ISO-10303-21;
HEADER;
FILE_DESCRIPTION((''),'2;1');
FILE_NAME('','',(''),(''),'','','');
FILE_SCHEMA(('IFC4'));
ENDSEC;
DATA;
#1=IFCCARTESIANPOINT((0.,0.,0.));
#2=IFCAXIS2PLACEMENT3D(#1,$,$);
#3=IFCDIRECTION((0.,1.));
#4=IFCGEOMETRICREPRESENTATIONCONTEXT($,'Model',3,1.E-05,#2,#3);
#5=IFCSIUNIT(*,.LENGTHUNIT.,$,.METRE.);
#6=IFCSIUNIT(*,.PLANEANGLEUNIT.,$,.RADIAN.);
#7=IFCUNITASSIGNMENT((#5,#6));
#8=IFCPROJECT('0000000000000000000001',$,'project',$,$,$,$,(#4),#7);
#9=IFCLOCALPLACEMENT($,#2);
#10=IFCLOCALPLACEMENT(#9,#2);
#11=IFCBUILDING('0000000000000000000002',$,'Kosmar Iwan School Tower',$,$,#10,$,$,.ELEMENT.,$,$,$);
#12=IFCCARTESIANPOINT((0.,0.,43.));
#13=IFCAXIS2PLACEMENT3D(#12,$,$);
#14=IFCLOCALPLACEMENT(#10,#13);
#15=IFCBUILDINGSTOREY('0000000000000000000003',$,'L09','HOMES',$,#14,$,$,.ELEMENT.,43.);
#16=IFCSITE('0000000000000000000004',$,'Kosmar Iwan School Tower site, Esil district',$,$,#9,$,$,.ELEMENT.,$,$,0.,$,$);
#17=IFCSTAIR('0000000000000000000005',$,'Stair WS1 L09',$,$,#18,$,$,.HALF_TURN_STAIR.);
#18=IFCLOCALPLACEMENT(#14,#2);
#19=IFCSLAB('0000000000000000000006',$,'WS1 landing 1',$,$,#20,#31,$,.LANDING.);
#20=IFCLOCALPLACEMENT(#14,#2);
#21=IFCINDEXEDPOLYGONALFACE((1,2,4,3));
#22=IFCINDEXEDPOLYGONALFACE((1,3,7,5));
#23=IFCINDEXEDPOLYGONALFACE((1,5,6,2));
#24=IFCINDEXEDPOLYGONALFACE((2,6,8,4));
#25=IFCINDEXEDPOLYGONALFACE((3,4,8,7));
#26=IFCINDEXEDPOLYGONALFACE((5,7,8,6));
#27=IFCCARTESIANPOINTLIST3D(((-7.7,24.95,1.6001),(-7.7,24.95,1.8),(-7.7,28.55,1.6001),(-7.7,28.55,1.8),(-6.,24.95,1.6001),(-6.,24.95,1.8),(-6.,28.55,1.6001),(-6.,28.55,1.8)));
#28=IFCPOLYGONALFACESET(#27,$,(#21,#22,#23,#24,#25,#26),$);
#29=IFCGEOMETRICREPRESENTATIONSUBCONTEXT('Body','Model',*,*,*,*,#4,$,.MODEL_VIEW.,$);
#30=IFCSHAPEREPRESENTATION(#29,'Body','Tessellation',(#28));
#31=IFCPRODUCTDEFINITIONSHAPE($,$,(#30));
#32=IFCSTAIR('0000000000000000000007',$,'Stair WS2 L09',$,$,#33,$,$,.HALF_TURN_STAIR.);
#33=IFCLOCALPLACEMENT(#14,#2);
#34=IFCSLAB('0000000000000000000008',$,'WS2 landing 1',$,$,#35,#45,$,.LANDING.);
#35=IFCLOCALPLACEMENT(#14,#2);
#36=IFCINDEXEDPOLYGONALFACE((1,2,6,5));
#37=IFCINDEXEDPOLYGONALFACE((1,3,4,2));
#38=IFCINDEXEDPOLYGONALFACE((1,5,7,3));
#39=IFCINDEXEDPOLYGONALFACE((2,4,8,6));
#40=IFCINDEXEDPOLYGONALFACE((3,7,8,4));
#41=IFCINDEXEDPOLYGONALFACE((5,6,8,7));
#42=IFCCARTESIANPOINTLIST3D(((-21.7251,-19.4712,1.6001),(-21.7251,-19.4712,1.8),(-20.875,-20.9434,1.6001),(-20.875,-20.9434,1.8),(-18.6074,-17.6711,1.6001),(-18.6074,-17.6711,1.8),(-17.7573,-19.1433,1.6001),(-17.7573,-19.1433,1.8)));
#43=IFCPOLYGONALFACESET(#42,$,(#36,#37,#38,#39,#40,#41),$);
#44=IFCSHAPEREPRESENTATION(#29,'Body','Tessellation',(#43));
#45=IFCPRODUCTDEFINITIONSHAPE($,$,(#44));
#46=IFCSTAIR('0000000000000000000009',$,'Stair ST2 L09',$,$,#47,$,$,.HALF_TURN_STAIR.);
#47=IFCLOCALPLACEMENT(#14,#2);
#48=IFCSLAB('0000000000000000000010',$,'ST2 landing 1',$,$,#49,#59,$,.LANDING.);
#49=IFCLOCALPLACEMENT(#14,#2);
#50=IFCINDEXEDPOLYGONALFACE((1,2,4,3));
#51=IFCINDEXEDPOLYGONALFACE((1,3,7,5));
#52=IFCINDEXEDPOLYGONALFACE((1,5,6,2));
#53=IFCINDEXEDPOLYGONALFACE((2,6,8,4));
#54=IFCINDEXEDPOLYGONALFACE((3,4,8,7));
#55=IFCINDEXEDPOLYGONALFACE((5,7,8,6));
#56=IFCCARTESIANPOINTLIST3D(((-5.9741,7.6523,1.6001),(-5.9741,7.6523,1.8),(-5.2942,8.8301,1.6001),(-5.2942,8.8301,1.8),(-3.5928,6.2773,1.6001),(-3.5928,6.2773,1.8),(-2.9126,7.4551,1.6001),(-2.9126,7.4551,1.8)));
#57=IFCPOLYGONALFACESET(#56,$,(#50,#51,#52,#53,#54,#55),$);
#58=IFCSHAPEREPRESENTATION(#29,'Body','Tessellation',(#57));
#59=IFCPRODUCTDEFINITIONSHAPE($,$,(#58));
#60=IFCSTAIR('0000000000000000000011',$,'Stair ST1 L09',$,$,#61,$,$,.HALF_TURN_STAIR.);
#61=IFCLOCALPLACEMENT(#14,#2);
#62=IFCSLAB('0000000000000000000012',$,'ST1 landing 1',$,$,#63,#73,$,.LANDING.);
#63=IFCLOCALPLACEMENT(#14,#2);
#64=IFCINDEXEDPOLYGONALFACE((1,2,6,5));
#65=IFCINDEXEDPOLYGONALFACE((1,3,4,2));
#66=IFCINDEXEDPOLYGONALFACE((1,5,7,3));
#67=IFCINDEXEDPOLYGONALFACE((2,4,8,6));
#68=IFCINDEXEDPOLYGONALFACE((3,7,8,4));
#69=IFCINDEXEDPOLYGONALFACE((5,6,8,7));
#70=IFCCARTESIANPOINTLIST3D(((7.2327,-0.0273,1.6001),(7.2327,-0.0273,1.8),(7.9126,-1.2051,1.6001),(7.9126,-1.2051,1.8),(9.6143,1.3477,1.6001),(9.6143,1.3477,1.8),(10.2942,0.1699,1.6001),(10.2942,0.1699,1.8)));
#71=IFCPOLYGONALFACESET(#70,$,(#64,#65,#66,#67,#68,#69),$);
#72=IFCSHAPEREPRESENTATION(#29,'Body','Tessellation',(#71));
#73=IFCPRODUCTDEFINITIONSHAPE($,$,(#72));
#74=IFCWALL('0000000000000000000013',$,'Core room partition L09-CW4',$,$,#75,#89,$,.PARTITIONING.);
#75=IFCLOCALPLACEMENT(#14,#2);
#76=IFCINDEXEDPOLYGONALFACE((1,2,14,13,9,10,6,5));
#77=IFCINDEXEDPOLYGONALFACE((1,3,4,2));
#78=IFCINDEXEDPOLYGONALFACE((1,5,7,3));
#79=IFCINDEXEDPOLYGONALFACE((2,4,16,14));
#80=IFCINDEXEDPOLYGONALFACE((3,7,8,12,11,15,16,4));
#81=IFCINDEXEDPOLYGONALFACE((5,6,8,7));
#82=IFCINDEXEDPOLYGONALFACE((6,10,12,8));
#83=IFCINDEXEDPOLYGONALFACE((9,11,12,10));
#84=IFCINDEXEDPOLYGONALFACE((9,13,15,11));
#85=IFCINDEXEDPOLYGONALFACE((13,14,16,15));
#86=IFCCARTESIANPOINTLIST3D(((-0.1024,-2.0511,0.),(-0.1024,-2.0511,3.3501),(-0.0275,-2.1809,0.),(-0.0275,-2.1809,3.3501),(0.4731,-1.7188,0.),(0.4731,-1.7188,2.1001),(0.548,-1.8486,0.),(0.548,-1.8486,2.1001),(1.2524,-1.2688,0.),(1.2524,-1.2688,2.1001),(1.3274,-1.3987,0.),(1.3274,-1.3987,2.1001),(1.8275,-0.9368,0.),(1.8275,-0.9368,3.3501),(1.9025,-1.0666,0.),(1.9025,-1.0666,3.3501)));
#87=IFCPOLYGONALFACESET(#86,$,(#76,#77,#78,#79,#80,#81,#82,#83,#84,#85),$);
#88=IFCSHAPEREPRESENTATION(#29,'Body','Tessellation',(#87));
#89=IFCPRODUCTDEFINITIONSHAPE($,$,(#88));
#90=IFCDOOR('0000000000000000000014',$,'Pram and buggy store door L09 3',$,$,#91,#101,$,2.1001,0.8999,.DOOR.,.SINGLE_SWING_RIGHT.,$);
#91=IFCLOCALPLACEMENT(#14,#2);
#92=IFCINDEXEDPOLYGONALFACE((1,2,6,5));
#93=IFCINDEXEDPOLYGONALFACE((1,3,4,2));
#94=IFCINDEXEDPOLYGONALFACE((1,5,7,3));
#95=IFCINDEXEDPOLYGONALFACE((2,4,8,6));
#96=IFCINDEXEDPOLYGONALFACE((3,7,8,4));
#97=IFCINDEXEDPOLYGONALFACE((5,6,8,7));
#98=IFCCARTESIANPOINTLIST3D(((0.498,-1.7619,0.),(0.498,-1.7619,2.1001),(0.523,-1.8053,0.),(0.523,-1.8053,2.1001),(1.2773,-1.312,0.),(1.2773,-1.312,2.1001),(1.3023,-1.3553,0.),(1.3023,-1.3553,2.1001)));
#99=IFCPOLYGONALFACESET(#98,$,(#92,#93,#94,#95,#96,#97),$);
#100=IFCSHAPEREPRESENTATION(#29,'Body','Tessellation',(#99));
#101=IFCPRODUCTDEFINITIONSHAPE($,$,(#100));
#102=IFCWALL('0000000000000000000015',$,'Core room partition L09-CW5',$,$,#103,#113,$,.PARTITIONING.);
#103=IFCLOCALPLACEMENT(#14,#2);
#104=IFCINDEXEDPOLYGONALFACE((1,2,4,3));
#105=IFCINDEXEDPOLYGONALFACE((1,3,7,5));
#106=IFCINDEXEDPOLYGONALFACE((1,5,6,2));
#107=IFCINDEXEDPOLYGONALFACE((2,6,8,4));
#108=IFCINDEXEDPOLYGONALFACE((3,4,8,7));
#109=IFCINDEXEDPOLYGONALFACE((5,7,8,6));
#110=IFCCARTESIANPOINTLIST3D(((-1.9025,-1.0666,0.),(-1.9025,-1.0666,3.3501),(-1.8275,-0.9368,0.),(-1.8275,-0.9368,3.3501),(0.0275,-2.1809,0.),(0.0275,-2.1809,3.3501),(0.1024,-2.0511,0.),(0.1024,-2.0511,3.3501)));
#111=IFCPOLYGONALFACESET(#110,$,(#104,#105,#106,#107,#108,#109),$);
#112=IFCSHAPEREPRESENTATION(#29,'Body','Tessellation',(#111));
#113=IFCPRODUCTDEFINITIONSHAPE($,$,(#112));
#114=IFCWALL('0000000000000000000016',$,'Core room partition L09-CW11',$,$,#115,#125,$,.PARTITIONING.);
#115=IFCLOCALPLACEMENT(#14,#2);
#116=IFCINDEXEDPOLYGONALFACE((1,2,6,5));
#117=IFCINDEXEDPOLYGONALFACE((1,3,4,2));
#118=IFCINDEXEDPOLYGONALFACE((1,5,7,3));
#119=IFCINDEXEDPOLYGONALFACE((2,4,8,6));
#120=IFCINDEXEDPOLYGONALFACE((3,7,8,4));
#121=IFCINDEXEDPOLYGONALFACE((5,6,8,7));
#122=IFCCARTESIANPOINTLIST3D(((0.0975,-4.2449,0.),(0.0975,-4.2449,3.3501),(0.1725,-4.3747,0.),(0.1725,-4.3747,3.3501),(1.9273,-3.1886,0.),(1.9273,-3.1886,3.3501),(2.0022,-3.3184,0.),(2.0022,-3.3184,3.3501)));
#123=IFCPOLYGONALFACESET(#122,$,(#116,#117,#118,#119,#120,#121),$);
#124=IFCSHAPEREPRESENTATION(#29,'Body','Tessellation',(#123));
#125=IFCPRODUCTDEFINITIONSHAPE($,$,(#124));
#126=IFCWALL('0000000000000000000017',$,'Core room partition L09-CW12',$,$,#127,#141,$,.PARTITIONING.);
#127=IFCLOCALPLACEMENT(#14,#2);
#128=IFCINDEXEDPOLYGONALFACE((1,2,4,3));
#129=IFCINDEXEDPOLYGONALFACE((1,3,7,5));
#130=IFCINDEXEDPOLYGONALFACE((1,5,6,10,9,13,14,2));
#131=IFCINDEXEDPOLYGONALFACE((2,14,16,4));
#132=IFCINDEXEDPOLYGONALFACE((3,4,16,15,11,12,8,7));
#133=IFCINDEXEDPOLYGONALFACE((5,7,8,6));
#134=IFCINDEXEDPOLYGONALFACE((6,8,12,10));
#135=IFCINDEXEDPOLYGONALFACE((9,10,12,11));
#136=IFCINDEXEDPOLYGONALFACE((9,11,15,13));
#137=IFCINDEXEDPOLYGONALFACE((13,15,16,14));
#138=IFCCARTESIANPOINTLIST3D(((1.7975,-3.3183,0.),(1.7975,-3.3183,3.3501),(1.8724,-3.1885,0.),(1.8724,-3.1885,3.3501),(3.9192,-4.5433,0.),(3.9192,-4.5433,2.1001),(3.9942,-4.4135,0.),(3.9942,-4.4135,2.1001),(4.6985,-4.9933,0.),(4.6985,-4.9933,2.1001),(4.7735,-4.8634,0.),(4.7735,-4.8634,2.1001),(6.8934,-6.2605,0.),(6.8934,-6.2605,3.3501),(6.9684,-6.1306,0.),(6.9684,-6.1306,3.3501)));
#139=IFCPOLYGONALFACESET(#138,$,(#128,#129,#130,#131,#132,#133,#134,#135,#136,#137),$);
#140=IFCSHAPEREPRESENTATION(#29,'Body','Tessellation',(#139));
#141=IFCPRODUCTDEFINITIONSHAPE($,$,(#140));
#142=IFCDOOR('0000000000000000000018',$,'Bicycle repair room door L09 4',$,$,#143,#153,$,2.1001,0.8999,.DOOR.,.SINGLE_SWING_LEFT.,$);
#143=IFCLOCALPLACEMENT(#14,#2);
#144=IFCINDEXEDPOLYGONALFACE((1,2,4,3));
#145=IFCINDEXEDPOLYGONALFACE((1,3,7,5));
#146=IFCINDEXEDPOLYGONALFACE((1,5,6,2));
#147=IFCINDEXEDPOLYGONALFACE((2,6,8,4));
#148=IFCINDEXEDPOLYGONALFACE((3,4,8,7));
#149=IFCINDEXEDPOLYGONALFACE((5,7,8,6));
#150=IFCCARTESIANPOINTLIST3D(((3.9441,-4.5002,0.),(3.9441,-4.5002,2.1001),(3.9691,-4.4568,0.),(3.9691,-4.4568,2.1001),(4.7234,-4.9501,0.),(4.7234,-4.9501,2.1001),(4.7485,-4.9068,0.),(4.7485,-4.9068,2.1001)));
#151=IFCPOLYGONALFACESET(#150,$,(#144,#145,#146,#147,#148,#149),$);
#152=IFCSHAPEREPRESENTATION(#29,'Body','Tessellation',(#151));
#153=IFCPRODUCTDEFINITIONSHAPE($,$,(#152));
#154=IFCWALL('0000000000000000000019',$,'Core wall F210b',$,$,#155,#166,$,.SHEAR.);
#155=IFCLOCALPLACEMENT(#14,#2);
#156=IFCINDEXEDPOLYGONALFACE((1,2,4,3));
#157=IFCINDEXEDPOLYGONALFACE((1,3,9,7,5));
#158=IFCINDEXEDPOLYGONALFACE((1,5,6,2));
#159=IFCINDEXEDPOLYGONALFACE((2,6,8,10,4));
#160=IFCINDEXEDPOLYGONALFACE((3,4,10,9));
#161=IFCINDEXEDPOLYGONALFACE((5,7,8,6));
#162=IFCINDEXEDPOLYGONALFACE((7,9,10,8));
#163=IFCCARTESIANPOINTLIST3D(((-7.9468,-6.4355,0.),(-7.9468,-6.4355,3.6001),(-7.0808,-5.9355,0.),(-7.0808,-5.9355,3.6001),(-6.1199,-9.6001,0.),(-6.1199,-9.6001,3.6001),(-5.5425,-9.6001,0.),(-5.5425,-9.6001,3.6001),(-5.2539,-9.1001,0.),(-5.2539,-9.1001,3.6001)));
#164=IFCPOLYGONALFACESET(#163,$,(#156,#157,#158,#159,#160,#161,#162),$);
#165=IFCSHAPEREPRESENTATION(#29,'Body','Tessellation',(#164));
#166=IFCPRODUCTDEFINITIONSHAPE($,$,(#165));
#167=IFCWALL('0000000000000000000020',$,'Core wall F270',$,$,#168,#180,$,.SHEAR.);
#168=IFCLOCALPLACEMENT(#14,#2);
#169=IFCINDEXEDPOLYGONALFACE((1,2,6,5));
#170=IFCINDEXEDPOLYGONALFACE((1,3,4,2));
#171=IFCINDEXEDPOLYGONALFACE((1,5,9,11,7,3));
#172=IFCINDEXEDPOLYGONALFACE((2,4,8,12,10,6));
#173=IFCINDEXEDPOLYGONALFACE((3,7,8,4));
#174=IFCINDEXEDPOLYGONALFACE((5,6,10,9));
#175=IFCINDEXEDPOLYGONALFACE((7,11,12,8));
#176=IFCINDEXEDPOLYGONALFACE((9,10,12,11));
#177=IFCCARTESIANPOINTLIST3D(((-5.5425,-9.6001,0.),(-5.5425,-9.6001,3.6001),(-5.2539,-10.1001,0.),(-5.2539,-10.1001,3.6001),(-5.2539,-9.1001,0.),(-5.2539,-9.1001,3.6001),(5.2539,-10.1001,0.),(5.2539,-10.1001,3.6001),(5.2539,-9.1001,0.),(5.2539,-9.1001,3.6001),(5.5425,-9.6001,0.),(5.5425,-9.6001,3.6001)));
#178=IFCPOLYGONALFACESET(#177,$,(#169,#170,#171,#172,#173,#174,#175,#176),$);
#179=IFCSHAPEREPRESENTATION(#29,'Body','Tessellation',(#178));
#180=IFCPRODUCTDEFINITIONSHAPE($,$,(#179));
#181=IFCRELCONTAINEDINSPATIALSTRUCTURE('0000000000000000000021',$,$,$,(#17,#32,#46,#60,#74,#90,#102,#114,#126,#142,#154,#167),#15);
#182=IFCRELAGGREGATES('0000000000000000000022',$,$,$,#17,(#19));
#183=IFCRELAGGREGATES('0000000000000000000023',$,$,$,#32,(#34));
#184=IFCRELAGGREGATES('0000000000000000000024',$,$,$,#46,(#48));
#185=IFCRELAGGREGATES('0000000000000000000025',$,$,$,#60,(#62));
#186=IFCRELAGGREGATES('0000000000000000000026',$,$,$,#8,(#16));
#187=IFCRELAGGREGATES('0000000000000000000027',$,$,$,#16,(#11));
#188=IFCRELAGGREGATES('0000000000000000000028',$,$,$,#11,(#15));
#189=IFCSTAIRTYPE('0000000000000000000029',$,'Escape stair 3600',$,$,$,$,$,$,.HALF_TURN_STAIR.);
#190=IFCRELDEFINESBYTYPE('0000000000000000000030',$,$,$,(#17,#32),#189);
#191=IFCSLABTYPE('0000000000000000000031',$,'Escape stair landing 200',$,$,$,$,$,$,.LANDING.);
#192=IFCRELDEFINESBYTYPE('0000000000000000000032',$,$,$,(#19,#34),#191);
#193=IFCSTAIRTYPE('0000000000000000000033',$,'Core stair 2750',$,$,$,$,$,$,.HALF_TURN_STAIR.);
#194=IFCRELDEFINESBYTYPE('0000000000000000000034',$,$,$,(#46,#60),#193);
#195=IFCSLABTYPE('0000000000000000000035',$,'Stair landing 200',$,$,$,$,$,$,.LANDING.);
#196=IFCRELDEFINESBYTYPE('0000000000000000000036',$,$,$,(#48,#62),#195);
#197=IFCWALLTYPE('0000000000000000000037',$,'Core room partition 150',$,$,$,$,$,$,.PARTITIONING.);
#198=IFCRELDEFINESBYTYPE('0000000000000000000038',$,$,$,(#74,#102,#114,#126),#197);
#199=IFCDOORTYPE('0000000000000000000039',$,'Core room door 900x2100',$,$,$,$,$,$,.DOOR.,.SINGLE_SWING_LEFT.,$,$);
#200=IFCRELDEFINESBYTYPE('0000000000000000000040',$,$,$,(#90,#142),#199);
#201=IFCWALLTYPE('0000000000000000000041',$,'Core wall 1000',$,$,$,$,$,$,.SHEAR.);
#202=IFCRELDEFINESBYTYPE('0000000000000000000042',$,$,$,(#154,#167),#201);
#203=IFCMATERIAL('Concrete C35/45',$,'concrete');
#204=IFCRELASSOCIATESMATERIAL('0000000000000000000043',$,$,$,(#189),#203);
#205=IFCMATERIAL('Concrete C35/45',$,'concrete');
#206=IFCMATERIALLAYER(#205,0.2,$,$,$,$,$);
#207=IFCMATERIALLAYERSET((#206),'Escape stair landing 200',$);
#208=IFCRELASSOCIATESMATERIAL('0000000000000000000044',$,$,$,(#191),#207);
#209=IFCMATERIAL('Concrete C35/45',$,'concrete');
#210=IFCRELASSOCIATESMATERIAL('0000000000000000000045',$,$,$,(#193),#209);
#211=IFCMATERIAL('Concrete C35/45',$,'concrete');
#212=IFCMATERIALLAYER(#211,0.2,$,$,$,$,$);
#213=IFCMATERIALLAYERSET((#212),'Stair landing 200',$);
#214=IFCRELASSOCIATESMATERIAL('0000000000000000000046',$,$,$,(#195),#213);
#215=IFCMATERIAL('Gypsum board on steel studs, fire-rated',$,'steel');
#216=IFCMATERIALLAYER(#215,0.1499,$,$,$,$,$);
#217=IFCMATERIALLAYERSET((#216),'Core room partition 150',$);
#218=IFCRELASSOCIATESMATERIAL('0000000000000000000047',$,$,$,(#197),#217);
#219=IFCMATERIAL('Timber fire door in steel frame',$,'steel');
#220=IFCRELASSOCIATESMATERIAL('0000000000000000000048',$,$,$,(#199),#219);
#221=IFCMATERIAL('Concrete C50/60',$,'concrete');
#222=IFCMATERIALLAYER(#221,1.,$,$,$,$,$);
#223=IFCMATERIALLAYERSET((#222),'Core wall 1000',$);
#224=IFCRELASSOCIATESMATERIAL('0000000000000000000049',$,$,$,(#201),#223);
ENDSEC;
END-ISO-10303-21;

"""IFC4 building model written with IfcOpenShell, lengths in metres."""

from ifc_helpers import new_model, si_unit, direction, frame, frame_2d, origin, place, context, subcontext, project, spatial, polyline, rectangle, outline, extrude, material, layer, layer_set, type_object, element, fill, aggregate, save


model = new_model("IFC4")

# Units and contexts
model_context = context("Model", 3, precision=1e-05, world=origin(), true_north=direction((0.0, 1.0)))
body_context = subcontext(model_context, "Body", "Model", "MODEL_VIEW")
ifc_project = project(units=[si_unit("LENGTHUNIT", "METRE"), si_unit("PLANEANGLEUNIT", "RADIAN")], contexts=[model_context])

# Site, building, storey
site_placement = place(None, origin())
site = spatial("IfcSite", under=ifc_project, at=site_placement, Name="Kosmar Iwan School Tower site, Esil district", CompositionType="ELEMENT", RefElevation=0.0)
building_placement = place(site_placement, origin())
building = spatial("IfcBuilding", under=site, at=building_placement, Name="Kosmar Iwan School Tower", CompositionType="ELEMENT")
storey_placement = place(building_placement, frame((0.0, 0.0, 43.0)))
storey = spatial("IfcBuildingStorey", under=building, at=storey_placement, Name="L09", Description="HOMES", CompositionType="ELEMENT", Elevation=43.0)

# Stairs, slabs
ifc_material_1 = material(Name="Concrete C35/45", Category="concrete")
stair_type_1 = type_object("IfcStairType", Name="Escape stair 3600", PredefinedType="HALF_TURN_STAIR", material=ifc_material_1)
stair_1_placement = place(storey_placement, origin())
stair_1 = element("IfcStair", 1, at=stair_1_placement, inside=storey, type_object=stair_type_1, Name="Stair WS1 L09", PredefinedType="HALF_TURN_STAIR")
ifc_material_2 = material(Name="Concrete C35/45", Category="concrete")
ifc_layer_1 = layer(ifc_material_2, 0.2)
ifc_layer_set_1 = layer_set([ifc_layer_1], Name="Escape stair landing 200")
slab_type_1 = type_object("IfcSlabType", Name="Escape stair landing 200", PredefinedType="LANDING", material=ifc_layer_set_1)
slab_1_placement = place(storey_placement, frame((0.0, 0.0, 1.6001)))
slab_1 = element("IfcSlab", 2, at=slab_1_placement, type_object=slab_type_1, Name="WS1 landing 1", PredefinedType="LANDING", context=body_context, shape_type="SweptSolid", body=[
    extrude(outline(polyline([(-6.0, 24.95), (-6.0, 28.55), (-7.7, 28.55), (-7.7, 24.95), (-6.0, 24.95)])), origin(), (0.0, 0.0, 1.0), 0.2),
])
aggregate(stair_1, [slab_1])
stair_2_placement = place(storey_placement, origin())
stair_2 = element("IfcStair", 3, at=stair_2_placement, inside=storey, type_object=stair_type_1, Name="Stair WS2 L09", PredefinedType="HALF_TURN_STAIR")
slab_2_placement = place(storey_placement, frame((0.0, 0.0, 1.6001)))
slab_2 = element("IfcSlab", 4, at=slab_2_placement, type_object=slab_type_1, Name="WS2 landing 1", PredefinedType="LANDING", context=body_context, shape_type="SweptSolid", body=[
    extrude(outline(polyline([(-18.6074, -17.6711), (-21.7251, -19.4712), (-20.875, -20.9434), (-17.7573, -19.1433), (-18.6074, -17.6711)])), origin(), (0.0, 0.0, 1.0), 0.2),
])
aggregate(stair_2, [slab_2])
ifc_material_3 = material(Name="Concrete C35/45", Category="concrete")
stair_type_2 = type_object("IfcStairType", Name="Core stair 2750", PredefinedType="HALF_TURN_STAIR", material=ifc_material_3)
stair_3_placement = place(storey_placement, origin())
stair_3 = element("IfcStair", 5, at=stair_3_placement, inside=storey, type_object=stair_type_2, Name="Stair ST2 L09", PredefinedType="HALF_TURN_STAIR")
ifc_material_4 = material(Name="Concrete C35/45", Category="concrete")
ifc_layer_2 = layer(ifc_material_4, 0.2)
ifc_layer_set_2 = layer_set([ifc_layer_2], Name="Stair landing 200")
slab_type_2 = type_object("IfcSlabType", Name="Stair landing 200", PredefinedType="LANDING", material=ifc_layer_set_2)
slab_3_placement = place(storey_placement, frame((0.0, 0.0, 1.6001)))
slab_3 = element("IfcSlab", 6, at=slab_3_placement, type_object=slab_type_2, Name="ST2 landing 1", PredefinedType="LANDING", context=body_context, shape_type="SweptSolid", body=[
    extrude(outline(polyline([(-2.9126, 7.4551), (-5.2942, 8.8301), (-5.9741, 7.6523), (-3.5928, 6.2773), (-2.9126, 7.4551)])), origin(), (0.0, 0.0, 1.0), 0.2),
])
aggregate(stair_3, [slab_3])
stair_4_placement = place(storey_placement, origin())
stair_4 = element("IfcStair", 7, at=stair_4_placement, inside=storey, type_object=stair_type_2, Name="Stair ST1 L09", PredefinedType="HALF_TURN_STAIR")
slab_4_placement = place(storey_placement, frame((0.0, 0.0, 1.6001)))
slab_4 = element("IfcSlab", 8, at=slab_4_placement, type_object=slab_type_2, Name="ST1 landing 1", PredefinedType="LANDING", context=body_context, shape_type="SweptSolid", body=[
    extrude(outline(polyline([(7.9126, -1.2051), (10.2942, 0.1699), (9.6143, 1.3477), (7.2327, -0.0273), (7.9126, -1.2051)])), origin(), (0.0, 0.0, 1.0), 0.2),
])
aggregate(stair_4, [slab_4])

# Wall, opening, door
ifc_material_5 = material(Name="Gypsum board on steel studs, fire-rated", Category="steel")
ifc_layer_3 = layer(ifc_material_5, 0.1499)
ifc_layer_set_3 = layer_set([ifc_layer_3], Name="Core room partition 150")
wall_type_1 = type_object("IfcWallType", Name="Core room partition 150", PredefinedType="PARTITIONING", material=ifc_layer_set_3)
wall_1_placement = place(storey_placement, frame((1.865, -1.0017, 0.0), z_axis=(0.0, 0.0, 1.0), x_axis=(-0.866023, -0.500004, 0.0)))
wall_1 = element("IfcWall", 9, at=wall_1_placement, inside=storey, type_object=wall_type_1, Name="Core room partition L09-CW4", PredefinedType="PARTITIONING", context=body_context, shape_type="SweptSolid", body=[
    extrude(rectangle(XDim=2.2285, YDim=0.1499, at=frame_2d((1.1143, 0.0))), origin(), (0.0, 0.0, 1.0), 3.3501),
])
opening_1_placement = place(wall_1_placement, frame((0.6641, 0.0, 0.0)))
opening_1 = element("IfcOpeningElement", 10, at=opening_1_placement, cuts=wall_1, PredefinedType="OPENING", context=body_context, shape_type="SweptSolid", body=[
    extrude(rectangle(XDim=0.8999, YDim=2.1001, at=frame_2d((0.45, 1.05))), frame((0.0, 0.0869, 0.0), z_axis=(0.0, -1.0, 0.0), x_axis=(1.0, 0.0, 0.0)), (0.0, 0.0, 1.0), 0.1738),
])
ifc_material_6 = material(Name="Timber fire door in steel frame", Category="steel")
door_type_1 = type_object("IfcDoorType", Name="Core room door 900x2100", OperationType="SINGLE_SWING_LEFT", PredefinedType="DOOR", material=ifc_material_6)
door_1_placement = place(opening_1_placement, origin())
door_1 = element("IfcDoor", 11, at=door_1_placement, inside=storey, type_object=door_type_1, Name="Pram and buggy store door L09 3", OperationType="SINGLE_SWING_RIGHT", OverallHeight=2.1001, OverallWidth=0.8999, PredefinedType="DOOR", context=body_context, shape_type="SweptSolid", body=[
    extrude(rectangle(XDim=0.8999, YDim=2.1001, at=frame_2d((0.45, 1.05))), frame((0.0, 0.0249, 0.0), z_axis=(0.0, -1.0, 0.0), x_axis=(1.0, 0.0, 0.0)), (0.0, 0.0, 1.0), 0.05),
])
fill(opening_1, door_1)

# Walls
wall_2_placement = place(storey_placement, frame((0.0649, -2.116, 0.0), z_axis=(0.0, 0.0, 1.0), x_axis=(-0.866023, 0.500004, 0.0)))
element("IfcWall", 12, at=wall_2_placement, inside=storey, type_object=wall_type_1, Name="Core room partition L09-CW5", PredefinedType="PARTITIONING", context=body_context, shape_type="SweptSolid", body=[
    extrude(rectangle(XDim=2.2285, YDim=0.1499, at=frame_2d((1.1143, 0.0))), origin(), (0.0, 0.0, 1.0), 3.3501),
])
wall_3_placement = place(storey_placement, frame((0.135, -4.3098, 0.0), z_axis=(0.0, 0.0, 1.0), x_axis=(0.866037, 0.499979, 0.0)))
element("IfcWall", 13, at=wall_3_placement, inside=storey, type_object=wall_type_1, Name="Core room partition L09-CW11", PredefinedType="PARTITIONING", context=body_context, shape_type="SweptSolid", body=[
    extrude(rectangle(XDim=2.1128, YDim=0.1499, at=frame_2d((1.0564, 0.0))), origin(), (0.0, 0.0, 1.0), 3.3501),
])

# Wall, opening, door
wall_4_placement = place(storey_placement, frame((1.835, -3.2534, 0.0), z_axis=(0.0, 0.0, 1.0), x_axis=(0.866026, -0.499999, 0.0)))
wall_4 = element("IfcWall", 14, at=wall_4_placement, inside=storey, type_object=wall_type_1, Name="Core room partition L09-CW12", PredefinedType="PARTITIONING", context=body_context, shape_type="SweptSolid", body=[
    extrude(rectangle(XDim=5.8843, YDim=0.1499, at=frame_2d((2.9421, 0.0))), origin(), (0.0, 0.0, 1.0), 3.3501),
])
opening_2_placement = place(wall_4_placement, frame((2.45, 0.0, 0.0)))
opening_2 = element("IfcOpeningElement", 15, at=opening_2_placement, cuts=wall_4, PredefinedType="OPENING", context=body_context, shape_type="SweptSolid", body=[
    extrude(rectangle(XDim=0.8999, YDim=2.1001, at=frame_2d((0.45, 1.05))), frame((0.0, 0.0869, 0.0), z_axis=(0.0, -1.0, 0.0), x_axis=(1.0, 0.0, 0.0)), (0.0, 0.0, 1.0), 0.1738),
])
door_2_placement = place(opening_2_placement, origin())
door_2 = element("IfcDoor", 16, at=door_2_placement, inside=storey, type_object=door_type_1, Name="Bicycle repair room door L09 4", OperationType="SINGLE_SWING_LEFT", OverallHeight=2.1001, OverallWidth=0.8999, PredefinedType="DOOR", context=body_context, shape_type="SweptSolid", body=[
    extrude(rectangle(XDim=0.8999, YDim=2.1001, at=frame_2d((0.45, 1.05))), frame((0.0, 0.0249, 0.0), z_axis=(0.0, -1.0, 0.0), x_axis=(1.0, 0.0, 0.0)), (0.0, 0.0, 1.0), 0.05),
])
fill(opening_2, door_2)

# Walls
ifc_material_7 = material(Name="Concrete C50/60", Category="concrete")
ifc_layer_4 = layer(ifc_material_7, 1.0)
ifc_layer_set_4 = layer_set([ifc_layer_4], Name="Core wall 1000")
wall_type_2 = type_object("IfcWallType", Name="Core wall 1000", PredefinedType="SHEAR", material=ifc_layer_set_4)
wall_5_placement = place(storey_placement, origin())
element("IfcWall", 17, at=wall_5_placement, inside=storey, type_object=wall_type_2, Name="Core wall F210b", PredefinedType="SHEAR", context=body_context, shape_type="SweptSolid", body=[
    extrude(outline(polyline([(-6.1199, -9.6001), (-5.5425, -9.6001), (-5.2539, -9.1001), (-7.0808, -5.9355), (-7.9468, -6.4355), (-6.1199, -9.6001)])), origin(), (0.0, 0.0, 1.0), 3.6001),
])
wall_6_placement = place(storey_placement, origin())
element("IfcWall", 18, at=wall_6_placement, inside=storey, type_object=wall_type_2, Name="Core wall F270", PredefinedType="SHEAR", context=body_context, shape_type="SweptSolid", body=[
    extrude(outline(polyline([(-5.2539, -10.1001), (5.2539, -10.1001), (5.5425, -9.6001), (5.2539, -9.1001), (-5.2539, -9.1001), (-5.5425, -9.6001), (-5.2539, -10.1001)])), origin(), (0.0, 0.0, 1.0), 3.6001),
])

save(model, "model.ifc")
